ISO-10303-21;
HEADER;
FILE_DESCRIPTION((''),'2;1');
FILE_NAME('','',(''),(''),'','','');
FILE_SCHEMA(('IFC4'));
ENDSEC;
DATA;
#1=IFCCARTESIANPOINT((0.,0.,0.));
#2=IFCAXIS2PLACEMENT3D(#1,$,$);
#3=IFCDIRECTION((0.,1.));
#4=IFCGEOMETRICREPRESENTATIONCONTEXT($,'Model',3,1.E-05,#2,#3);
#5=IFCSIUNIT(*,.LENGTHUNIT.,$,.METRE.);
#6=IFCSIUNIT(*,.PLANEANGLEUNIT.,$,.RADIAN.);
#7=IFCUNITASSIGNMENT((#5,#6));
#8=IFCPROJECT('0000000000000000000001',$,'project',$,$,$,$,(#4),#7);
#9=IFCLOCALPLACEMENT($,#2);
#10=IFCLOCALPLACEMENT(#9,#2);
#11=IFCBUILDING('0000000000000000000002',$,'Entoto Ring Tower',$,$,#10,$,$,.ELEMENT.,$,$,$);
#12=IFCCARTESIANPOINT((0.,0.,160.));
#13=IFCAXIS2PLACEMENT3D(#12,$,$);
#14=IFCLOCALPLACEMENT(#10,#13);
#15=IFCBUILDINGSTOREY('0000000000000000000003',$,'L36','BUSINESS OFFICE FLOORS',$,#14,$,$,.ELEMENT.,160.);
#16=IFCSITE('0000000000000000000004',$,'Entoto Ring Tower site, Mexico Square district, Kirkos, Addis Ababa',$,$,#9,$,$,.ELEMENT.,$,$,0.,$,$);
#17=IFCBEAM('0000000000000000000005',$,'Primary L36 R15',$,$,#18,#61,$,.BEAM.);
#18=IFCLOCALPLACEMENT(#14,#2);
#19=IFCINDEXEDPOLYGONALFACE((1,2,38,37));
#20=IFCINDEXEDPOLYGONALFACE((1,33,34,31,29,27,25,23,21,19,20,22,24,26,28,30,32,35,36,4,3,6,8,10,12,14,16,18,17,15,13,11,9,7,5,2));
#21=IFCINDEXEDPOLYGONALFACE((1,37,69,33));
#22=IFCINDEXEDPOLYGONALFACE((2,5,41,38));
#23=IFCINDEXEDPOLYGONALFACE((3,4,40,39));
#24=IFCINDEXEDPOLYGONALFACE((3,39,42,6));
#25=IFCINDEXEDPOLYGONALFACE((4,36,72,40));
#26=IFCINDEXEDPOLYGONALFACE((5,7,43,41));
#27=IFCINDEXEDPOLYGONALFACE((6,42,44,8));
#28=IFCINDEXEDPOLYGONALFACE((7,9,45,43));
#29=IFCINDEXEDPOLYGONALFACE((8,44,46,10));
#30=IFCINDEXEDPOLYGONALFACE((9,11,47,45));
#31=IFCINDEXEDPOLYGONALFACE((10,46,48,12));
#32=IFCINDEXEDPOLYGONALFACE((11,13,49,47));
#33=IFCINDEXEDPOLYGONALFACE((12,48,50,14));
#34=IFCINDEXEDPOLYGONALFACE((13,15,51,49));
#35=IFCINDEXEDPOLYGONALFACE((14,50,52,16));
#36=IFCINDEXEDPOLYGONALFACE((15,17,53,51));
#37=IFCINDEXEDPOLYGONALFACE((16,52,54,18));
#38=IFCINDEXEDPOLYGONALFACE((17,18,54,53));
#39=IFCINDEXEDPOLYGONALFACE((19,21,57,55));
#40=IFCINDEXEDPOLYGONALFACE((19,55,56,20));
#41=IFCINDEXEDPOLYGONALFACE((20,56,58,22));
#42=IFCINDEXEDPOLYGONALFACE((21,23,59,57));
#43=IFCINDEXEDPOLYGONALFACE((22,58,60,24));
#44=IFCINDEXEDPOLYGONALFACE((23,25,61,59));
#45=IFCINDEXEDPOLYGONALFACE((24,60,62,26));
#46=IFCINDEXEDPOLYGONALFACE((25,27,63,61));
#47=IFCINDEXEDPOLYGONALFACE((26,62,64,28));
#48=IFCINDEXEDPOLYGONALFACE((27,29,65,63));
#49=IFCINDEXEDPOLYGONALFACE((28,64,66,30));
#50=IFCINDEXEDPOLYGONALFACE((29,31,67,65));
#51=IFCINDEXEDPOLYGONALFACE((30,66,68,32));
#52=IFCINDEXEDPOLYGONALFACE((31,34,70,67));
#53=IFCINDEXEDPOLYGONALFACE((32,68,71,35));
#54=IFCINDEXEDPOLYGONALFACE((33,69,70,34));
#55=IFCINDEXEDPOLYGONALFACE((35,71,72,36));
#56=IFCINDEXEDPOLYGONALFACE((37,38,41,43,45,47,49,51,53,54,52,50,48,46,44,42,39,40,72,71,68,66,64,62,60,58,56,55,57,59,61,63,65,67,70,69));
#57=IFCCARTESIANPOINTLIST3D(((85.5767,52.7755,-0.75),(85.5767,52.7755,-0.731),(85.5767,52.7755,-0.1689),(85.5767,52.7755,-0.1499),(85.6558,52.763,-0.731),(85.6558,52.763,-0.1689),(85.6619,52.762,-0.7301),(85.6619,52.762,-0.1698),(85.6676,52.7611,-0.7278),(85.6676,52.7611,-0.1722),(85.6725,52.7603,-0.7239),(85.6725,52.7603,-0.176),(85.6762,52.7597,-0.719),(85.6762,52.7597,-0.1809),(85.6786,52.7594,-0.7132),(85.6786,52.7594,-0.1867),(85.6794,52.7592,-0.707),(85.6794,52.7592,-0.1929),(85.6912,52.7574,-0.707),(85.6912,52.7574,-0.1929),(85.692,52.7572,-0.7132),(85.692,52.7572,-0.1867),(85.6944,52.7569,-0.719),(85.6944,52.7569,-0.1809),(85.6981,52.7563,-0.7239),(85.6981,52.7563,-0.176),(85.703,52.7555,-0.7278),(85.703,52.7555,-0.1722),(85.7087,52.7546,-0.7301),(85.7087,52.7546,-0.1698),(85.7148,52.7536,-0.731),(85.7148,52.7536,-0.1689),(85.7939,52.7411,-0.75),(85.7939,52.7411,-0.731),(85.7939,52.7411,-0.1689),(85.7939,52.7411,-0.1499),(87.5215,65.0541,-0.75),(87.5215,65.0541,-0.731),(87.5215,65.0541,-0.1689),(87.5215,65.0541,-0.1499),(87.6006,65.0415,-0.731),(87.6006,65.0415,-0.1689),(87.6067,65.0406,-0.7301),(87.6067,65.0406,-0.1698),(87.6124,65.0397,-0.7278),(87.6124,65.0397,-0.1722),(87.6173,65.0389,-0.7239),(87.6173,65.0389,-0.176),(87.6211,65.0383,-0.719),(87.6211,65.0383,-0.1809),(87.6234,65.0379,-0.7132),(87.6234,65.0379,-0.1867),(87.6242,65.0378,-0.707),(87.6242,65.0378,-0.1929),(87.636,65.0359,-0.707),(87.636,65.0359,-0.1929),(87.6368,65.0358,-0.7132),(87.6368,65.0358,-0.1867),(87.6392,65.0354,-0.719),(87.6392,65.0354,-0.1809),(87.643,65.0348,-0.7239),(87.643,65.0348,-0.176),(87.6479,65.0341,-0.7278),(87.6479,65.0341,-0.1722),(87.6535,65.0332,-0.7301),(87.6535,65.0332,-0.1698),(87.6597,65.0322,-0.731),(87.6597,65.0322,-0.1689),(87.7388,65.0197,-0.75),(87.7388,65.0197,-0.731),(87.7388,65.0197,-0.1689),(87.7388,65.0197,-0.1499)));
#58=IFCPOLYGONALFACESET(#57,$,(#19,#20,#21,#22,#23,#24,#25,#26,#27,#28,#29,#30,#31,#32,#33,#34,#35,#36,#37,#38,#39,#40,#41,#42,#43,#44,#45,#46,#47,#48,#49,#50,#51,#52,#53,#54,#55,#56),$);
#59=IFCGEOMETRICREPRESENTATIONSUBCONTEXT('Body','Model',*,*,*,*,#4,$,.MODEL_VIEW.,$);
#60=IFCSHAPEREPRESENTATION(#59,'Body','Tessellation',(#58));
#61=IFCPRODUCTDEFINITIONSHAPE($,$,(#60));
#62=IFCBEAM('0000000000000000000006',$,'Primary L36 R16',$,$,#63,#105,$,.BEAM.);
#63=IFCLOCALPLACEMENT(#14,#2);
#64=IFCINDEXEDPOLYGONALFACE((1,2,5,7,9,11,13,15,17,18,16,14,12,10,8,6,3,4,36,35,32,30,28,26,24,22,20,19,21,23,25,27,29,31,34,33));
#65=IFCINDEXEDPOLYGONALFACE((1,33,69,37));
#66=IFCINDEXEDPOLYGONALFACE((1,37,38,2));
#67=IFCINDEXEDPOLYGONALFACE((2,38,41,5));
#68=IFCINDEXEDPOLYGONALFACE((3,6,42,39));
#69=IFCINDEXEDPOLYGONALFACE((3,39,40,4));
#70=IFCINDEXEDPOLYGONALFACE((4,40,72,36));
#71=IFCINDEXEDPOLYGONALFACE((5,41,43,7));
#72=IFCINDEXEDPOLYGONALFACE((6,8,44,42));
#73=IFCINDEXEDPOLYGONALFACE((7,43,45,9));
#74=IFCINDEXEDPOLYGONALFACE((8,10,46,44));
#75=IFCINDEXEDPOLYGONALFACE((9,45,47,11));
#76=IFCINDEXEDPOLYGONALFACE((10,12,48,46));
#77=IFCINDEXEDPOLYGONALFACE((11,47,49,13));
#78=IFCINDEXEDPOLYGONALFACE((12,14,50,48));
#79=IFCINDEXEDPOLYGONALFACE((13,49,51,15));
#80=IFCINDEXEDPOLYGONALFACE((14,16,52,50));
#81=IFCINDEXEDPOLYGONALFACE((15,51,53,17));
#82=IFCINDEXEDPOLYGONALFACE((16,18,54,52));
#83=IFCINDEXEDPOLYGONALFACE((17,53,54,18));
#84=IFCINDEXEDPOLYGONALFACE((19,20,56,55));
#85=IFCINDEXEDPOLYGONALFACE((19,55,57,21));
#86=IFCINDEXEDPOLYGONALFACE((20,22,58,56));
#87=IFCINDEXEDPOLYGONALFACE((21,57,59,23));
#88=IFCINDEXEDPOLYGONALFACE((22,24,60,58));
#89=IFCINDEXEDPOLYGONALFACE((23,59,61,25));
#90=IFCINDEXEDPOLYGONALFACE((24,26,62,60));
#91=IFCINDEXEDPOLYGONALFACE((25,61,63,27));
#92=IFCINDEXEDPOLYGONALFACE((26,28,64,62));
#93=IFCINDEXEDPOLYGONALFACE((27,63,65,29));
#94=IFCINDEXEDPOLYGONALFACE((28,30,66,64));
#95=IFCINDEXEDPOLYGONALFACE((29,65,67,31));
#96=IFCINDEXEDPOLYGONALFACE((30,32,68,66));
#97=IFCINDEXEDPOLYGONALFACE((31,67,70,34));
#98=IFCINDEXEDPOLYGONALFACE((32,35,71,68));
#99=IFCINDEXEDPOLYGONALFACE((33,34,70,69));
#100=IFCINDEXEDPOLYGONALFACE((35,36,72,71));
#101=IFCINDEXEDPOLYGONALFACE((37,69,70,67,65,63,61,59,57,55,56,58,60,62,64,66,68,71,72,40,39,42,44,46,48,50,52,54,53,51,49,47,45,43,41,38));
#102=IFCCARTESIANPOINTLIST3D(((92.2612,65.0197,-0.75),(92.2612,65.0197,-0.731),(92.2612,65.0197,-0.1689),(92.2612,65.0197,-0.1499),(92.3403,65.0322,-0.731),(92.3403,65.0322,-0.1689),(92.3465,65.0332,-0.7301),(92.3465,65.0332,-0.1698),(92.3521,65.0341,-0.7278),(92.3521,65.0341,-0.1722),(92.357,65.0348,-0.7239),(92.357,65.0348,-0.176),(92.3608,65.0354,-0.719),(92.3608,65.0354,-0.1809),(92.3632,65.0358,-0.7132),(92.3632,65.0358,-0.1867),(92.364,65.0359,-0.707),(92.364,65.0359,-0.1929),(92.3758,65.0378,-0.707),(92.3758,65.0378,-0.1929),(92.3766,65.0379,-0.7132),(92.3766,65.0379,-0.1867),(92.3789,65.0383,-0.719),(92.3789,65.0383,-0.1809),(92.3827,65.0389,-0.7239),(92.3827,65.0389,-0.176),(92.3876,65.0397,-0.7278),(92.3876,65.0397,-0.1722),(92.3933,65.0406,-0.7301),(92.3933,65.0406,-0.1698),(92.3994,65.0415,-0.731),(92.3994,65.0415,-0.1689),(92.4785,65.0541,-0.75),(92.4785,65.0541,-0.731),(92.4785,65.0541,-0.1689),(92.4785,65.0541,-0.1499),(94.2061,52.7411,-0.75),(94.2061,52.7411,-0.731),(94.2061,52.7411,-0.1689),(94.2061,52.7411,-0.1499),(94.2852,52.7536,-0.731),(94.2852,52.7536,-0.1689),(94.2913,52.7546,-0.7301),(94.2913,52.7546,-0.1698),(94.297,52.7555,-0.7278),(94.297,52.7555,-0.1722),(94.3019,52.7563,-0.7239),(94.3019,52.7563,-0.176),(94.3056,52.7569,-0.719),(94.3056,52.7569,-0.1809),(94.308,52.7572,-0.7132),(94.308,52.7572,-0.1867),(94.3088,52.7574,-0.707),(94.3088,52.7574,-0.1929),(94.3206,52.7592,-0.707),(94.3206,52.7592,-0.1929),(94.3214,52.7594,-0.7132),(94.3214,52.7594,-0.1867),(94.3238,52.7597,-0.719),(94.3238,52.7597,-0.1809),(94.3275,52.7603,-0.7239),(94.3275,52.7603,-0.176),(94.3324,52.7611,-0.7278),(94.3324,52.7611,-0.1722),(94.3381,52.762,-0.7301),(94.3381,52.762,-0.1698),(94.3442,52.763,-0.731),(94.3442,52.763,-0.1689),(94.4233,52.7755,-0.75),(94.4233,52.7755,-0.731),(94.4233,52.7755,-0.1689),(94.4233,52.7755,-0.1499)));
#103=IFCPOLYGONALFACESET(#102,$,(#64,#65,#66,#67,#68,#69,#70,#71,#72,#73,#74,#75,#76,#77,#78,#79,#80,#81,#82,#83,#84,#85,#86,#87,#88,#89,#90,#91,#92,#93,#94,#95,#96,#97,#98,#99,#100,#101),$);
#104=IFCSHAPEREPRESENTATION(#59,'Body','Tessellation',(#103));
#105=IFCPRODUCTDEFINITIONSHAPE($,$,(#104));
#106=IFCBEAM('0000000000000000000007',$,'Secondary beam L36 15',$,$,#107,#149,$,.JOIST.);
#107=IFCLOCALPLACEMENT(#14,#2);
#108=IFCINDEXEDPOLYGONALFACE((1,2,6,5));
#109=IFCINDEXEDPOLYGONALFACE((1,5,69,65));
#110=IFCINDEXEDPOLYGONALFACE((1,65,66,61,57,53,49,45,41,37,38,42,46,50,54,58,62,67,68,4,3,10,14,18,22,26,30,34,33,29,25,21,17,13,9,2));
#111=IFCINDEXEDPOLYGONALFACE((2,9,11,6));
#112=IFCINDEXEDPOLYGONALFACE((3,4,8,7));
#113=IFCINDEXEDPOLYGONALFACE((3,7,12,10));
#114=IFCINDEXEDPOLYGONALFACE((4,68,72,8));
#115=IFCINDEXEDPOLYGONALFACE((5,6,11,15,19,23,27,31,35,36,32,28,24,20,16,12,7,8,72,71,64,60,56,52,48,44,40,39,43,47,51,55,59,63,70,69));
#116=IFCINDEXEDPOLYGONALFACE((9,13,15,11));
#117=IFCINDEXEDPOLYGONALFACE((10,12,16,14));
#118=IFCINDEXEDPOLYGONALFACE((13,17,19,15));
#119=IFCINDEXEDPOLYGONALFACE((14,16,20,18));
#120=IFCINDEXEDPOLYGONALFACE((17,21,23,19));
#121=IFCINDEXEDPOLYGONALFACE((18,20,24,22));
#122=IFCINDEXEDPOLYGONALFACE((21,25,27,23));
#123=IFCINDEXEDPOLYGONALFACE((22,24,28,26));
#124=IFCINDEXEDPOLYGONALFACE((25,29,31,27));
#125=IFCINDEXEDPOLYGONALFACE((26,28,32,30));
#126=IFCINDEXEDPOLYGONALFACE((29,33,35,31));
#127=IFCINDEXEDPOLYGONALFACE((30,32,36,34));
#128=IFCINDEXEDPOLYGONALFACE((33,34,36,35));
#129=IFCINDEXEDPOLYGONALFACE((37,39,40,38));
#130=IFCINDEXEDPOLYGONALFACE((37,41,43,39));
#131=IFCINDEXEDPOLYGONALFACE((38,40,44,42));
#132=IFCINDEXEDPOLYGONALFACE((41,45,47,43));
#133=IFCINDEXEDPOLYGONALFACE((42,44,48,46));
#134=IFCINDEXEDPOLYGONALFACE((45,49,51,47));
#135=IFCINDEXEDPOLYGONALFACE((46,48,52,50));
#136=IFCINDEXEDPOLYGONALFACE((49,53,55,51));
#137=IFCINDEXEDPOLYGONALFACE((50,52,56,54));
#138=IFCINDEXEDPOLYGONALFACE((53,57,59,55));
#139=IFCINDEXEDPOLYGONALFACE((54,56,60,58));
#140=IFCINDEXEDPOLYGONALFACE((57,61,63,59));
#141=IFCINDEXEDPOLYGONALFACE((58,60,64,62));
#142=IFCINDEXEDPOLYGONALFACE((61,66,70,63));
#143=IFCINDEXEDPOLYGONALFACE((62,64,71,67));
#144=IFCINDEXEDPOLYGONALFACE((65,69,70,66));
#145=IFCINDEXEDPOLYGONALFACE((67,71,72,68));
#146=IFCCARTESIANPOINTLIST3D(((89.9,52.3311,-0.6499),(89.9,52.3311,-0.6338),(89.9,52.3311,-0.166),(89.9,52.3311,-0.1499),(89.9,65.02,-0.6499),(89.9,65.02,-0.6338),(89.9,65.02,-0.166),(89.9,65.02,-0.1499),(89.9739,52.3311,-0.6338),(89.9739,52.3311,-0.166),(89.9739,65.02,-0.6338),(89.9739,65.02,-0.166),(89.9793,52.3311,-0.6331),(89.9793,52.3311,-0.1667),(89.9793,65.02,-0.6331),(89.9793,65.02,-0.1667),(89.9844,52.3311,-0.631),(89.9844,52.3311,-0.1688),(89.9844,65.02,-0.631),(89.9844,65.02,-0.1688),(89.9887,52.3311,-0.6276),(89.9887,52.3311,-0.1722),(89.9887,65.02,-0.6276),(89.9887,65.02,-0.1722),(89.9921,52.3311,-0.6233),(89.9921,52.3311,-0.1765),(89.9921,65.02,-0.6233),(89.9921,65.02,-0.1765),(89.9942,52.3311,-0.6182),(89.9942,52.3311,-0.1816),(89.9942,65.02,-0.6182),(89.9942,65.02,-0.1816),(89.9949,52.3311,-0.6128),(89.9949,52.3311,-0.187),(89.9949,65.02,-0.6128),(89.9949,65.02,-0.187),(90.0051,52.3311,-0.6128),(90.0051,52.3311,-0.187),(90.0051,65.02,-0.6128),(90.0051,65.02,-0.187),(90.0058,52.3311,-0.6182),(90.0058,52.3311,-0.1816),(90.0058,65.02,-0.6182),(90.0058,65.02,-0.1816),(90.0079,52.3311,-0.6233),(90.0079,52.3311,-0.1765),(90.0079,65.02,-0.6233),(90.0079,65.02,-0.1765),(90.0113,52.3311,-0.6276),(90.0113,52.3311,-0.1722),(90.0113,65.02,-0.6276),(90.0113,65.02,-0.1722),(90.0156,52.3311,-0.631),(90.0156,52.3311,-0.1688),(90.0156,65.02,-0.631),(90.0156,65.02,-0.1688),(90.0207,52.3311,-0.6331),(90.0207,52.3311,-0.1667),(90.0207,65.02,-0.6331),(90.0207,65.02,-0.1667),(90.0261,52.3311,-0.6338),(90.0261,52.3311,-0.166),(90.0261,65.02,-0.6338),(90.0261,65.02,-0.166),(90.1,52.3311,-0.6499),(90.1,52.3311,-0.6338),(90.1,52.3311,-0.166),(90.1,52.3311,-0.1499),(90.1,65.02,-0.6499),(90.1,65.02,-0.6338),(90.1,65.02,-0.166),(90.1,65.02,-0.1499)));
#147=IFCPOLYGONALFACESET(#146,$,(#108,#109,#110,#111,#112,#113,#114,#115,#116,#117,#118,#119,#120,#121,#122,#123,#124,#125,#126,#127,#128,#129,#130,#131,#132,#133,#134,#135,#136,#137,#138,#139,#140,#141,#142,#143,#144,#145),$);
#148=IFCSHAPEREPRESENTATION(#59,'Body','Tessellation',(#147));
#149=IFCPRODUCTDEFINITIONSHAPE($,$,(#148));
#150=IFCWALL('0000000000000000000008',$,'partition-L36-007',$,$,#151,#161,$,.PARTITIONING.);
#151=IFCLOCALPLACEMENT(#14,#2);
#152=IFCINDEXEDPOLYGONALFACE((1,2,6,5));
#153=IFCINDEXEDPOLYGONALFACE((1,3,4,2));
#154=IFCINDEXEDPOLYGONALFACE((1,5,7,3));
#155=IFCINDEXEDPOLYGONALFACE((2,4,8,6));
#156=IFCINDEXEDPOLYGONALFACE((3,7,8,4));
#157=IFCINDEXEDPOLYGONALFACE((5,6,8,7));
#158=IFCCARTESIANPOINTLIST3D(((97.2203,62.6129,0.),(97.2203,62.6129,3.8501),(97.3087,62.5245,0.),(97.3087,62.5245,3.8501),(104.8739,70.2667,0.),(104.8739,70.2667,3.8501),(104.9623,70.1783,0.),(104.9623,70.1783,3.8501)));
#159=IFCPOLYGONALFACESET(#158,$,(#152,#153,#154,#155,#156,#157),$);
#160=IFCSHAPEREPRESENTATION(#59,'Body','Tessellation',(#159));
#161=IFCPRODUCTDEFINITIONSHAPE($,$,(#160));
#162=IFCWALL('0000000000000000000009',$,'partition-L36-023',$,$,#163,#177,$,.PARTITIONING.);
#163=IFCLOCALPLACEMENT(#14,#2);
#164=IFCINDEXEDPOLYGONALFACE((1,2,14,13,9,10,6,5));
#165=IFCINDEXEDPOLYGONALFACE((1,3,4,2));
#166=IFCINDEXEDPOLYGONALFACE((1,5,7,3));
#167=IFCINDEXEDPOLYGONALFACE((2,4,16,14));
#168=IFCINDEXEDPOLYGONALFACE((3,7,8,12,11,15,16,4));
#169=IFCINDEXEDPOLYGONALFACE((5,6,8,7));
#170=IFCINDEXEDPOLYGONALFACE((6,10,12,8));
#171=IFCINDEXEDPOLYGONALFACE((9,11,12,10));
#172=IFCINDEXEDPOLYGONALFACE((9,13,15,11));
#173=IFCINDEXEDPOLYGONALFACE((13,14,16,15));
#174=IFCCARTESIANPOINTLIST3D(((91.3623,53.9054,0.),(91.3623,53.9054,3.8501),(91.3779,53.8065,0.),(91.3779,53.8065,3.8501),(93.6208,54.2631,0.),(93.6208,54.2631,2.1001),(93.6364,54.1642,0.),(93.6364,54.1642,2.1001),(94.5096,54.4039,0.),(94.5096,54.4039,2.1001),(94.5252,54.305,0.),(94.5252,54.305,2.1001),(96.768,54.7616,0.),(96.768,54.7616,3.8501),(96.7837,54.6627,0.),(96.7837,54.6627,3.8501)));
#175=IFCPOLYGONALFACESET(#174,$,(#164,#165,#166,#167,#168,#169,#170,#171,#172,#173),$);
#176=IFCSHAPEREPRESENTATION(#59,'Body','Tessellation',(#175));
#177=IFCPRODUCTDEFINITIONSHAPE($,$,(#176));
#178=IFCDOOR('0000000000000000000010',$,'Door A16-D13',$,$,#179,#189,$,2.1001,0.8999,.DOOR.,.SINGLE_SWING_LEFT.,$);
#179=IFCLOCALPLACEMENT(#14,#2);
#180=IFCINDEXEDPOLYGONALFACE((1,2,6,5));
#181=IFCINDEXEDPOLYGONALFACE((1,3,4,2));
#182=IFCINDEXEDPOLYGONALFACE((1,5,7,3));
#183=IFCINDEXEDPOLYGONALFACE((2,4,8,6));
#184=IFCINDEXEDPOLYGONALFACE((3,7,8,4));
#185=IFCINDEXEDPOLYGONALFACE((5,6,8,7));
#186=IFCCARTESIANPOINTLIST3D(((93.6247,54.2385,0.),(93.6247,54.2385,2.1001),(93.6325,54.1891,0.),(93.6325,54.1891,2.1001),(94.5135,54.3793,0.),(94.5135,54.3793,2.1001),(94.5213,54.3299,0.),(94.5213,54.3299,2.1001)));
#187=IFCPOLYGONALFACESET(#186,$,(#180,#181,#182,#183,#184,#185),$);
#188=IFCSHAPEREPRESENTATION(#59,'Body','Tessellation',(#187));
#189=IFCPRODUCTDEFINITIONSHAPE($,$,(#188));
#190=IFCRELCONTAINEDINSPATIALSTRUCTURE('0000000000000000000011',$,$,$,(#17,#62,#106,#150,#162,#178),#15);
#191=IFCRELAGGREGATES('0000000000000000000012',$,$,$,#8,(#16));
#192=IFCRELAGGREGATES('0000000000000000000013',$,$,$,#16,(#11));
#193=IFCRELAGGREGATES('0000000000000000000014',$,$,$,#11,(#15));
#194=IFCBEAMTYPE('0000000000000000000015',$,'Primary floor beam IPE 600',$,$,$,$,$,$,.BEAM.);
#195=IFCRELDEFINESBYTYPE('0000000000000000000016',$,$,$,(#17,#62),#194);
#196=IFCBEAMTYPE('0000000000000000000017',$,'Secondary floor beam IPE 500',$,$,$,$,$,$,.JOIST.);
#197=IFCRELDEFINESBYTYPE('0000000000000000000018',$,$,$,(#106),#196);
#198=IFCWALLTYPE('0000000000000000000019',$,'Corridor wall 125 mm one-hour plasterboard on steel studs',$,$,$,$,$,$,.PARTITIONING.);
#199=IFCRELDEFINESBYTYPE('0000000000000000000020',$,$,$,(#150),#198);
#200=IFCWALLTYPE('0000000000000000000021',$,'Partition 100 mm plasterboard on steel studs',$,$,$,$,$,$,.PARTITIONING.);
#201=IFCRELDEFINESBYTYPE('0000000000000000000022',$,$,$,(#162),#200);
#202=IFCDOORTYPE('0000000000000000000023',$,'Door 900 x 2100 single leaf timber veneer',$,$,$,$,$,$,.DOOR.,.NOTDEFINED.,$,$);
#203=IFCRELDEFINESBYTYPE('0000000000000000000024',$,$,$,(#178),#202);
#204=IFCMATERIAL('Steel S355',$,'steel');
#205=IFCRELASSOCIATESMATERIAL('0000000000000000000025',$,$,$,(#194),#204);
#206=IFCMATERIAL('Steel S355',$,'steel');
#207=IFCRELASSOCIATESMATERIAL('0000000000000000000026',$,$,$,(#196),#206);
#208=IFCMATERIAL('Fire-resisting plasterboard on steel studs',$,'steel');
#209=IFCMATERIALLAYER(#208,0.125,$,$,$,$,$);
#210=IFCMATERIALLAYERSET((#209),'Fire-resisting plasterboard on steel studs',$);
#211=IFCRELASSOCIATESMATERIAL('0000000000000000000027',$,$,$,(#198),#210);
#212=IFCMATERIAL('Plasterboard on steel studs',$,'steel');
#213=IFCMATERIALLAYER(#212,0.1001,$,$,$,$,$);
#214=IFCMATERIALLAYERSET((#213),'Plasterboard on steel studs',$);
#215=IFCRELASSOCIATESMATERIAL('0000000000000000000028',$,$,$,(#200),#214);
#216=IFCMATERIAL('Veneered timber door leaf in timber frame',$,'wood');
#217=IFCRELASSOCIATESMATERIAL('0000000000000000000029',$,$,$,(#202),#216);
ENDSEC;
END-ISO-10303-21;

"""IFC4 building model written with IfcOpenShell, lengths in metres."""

from ifc_helpers import new_model, si_unit, direction, frame, frame_2d, origin, origin_2d, place, context, subcontext, project, spatial, rectangle, i_section, extrude, material, layer, layer_set, material_profile, profile_set, type_object, element, fill, save


model = new_model("IFC4")

# Units and contexts
model_context = context("Model", 3, precision=1e-05, world=origin(), true_north=direction((0.0, 1.0)))
body_context = subcontext(model_context, "Body", "Model", "MODEL_VIEW")
ifc_project = project(units=[si_unit("LENGTHUNIT", "METRE"), si_unit("PLANEANGLEUNIT", "RADIAN")], contexts=[model_context])

# Site, building, storey
site_placement = place(None, origin())
site = spatial("IfcSite", under=ifc_project, at=site_placement, Name="Entoto Ring Tower site, Mexico Square district, Kirkos, Addis Ababa", CompositionType="ELEMENT", RefElevation=0.0)
building_placement = place(site_placement, origin())
building = spatial("IfcBuilding", under=site, at=building_placement, Name="Entoto Ring Tower", CompositionType="ELEMENT")
storey_placement = place(building_placement, frame((0.0, 0.0, 160.0)))
storey = spatial("IfcBuildingStorey", under=building, at=storey_placement, Name="L36", Description="BUSINESS OFFICE FLOORS", CompositionType="ELEMENT", Elevation=160.0)

# Beams
ifc_material_1 = material(Name="Steel S355", Category="steel")
ifc_material_profile_1 = material_profile(ifc_material_1, i_section(OverallWidth=0.22, OverallDepth=0.6001, WebThickness=0.012, FlangeThickness=0.019, FilletRadius=0.0239, at=origin_2d()), Name="IPE 600")
ifc_profile_set_1 = profile_set([ifc_material_profile_1], Name="Steel S355")
beam_type_1 = type_object("IfcBeamType", Name="Primary floor beam IPE 600", PredefinedType="BEAM", material=ifc_profile_set_1)
for number, where, z_axis, x_axis, name in (
    (1, (87.6301, 65.0369, -0.45), (-0.156442, -0.987687, 0.0), (0.987687, -0.156442, 0.0), "Primary L36 R15"),
    (2, (92.3699, 65.0369, -0.45), (0.156442, -0.987687, 0.0), (0.987687, 0.156442, 0.0), "Primary L36 R16"),
):
    element("IfcBeam", number, at=place(storey_placement, frame(where, z_axis=z_axis, x_axis=x_axis)), inside=storey, type_object=beam_type_1, Name=name, PredefinedType="BEAM", context=body_context, shape_type="SweptSolid", body=[
        extrude(i_section(OverallWidth=0.22, OverallDepth=0.6001, WebThickness=0.012, FlangeThickness=0.019, FilletRadius=0.0239, at=origin_2d()), origin(), (0.0, 0.0, 1.0), 12.4316),
    ])
ifc_material_2 = material(Name="Steel S355", Category="steel")
ifc_material_profile_2 = material_profile(ifc_material_2, i_section(OverallWidth=0.2, OverallDepth=0.5, WebThickness=0.0103, FlangeThickness=0.0161, FilletRadius=0.021, at=origin_2d()), Name="IPE 500")
ifc_profile_set_2 = profile_set([ifc_material_profile_2], Name="Steel S355")
beam_type_2 = type_object("IfcBeamType", Name="Secondary floor beam IPE 500", PredefinedType="JOIST", material=ifc_profile_set_2)
beam_placement = place(storey_placement, frame((90.0, 65.02, -0.3999), z_axis=(0.0, -1.0, 0.0), x_axis=(1.0, 0.0, 0.0)))
element("IfcBeam", 3, at=beam_placement, inside=storey, type_object=beam_type_2, Name="Secondary beam L36 15", PredefinedType="JOIST", context=body_context, shape_type="SweptSolid", body=[
    extrude(i_section(OverallWidth=0.2, OverallDepth=0.5, WebThickness=0.0103, FlangeThickness=0.0161, FilletRadius=0.021, at=origin_2d()), origin(), (0.0, 0.0, 1.0), 12.689),
])

# Wall
ifc_material_3 = material(Name="Fire-resisting plasterboard on steel studs", Category="steel")
ifc_layer_1 = layer(ifc_material_3, 0.125)
ifc_layer_set_1 = layer_set([ifc_layer_1], Name="Fire-resisting plasterboard on steel studs")
wall_type_1 = type_object("IfcWallType", Name="Corridor wall 125 mm one-hour plasterboard on steel studs", PredefinedType="PARTITIONING", material=ifc_layer_set_1)
wall_1_placement = place(storey_placement, frame((97.2644, 62.5686, 0.0), z_axis=(0.0, 0.0, 1.0), x_axis=(0.707096, 0.707118, 0.0)))
element("IfcWall", 4, at=wall_1_placement, inside=storey, type_object=wall_type_1, Name="partition-L36-007", PredefinedType="PARTITIONING", context=body_context, shape_type="SweptSolid", body=[
    extrude(rectangle(XDim=10.824, YDim=0.125, at=frame_2d((5.4121, 0.0))), origin(), (0.0, 0.0, 1.0), 3.8501),
])

# Wall, opening, door
ifc_material_4 = material(Name="Plasterboard on steel studs", Category="steel")
ifc_layer_2 = layer(ifc_material_4, 0.1001)
ifc_layer_set_2 = layer_set([ifc_layer_2], Name="Plasterboard on steel studs")
wall_type_2 = type_object("IfcWallType", Name="Partition 100 mm plasterboard on steel studs", PredefinedType="PARTITIONING", material=ifc_layer_set_2)
wall_2_placement = place(storey_placement, frame((91.3701, 53.856, 0.0), z_axis=(0.0, 0.0, 1.0), x_axis=(0.987688, 0.156437, 0.0)))
wall_2 = element("IfcWall", 5, at=wall_2_placement, inside=storey, type_object=wall_type_2, Name="partition-L36-023", PredefinedType="PARTITIONING", context=body_context, shape_type="SweptSolid", body=[
    extrude(rectangle(XDim=5.4731, YDim=0.1001, at=frame_2d((2.7366, 0.0))), origin(), (0.0, 0.0, 1.0), 3.8501),
])
opening_placement = place(wall_2_placement, frame((2.2866, 0.0, 0.0)))
opening = element("IfcOpeningElement", 6, at=opening_placement, cuts=wall_2, PredefinedType="OPENING", context=body_context, shape_type="SweptSolid", body=[
    extrude(rectangle(XDim=0.8999, YDim=2.1001, at=frame_2d((0.45, 1.05))), frame((0.0, 0.0601, 0.0), z_axis=(0.0, -1.0, 0.0), x_axis=(1.0, 0.0, 0.0)), (0.0, 0.0, 1.0), 0.1201),
])
ifc_material_5 = material(Name="Veneered timber door leaf in timber frame", Category="wood")
door_type = type_object("IfcDoorType", Name="Door 900 x 2100 single leaf timber veneer", OperationType="NOTDEFINED", PredefinedType="DOOR", material=ifc_material_5)
door_placement = place(opening_placement, frame((0.8999, 0.0, 0.0), z_axis=(0.0, 0.0, 1.0), x_axis=(-1.0, 0.0, 0.0)))
door = element("IfcDoor", 7, at=door_placement, inside=storey, type_object=door_type, Name="Door A16-D13", OperationType="SINGLE_SWING_LEFT", OverallHeight=2.1001, OverallWidth=0.8999, PredefinedType="DOOR", context=body_context, shape_type="SweptSolid", body=[
    extrude(rectangle(XDim=0.8999, YDim=2.1001, at=frame_2d((0.45, 1.05))), frame((0.0, 0.0249, 0.0), z_axis=(0.0, -1.0, 0.0), x_axis=(1.0, 0.0, 0.0)), (0.0, 0.0, 1.0), 0.05),
])
fill(opening, door)

save(model, "model.ifc")
